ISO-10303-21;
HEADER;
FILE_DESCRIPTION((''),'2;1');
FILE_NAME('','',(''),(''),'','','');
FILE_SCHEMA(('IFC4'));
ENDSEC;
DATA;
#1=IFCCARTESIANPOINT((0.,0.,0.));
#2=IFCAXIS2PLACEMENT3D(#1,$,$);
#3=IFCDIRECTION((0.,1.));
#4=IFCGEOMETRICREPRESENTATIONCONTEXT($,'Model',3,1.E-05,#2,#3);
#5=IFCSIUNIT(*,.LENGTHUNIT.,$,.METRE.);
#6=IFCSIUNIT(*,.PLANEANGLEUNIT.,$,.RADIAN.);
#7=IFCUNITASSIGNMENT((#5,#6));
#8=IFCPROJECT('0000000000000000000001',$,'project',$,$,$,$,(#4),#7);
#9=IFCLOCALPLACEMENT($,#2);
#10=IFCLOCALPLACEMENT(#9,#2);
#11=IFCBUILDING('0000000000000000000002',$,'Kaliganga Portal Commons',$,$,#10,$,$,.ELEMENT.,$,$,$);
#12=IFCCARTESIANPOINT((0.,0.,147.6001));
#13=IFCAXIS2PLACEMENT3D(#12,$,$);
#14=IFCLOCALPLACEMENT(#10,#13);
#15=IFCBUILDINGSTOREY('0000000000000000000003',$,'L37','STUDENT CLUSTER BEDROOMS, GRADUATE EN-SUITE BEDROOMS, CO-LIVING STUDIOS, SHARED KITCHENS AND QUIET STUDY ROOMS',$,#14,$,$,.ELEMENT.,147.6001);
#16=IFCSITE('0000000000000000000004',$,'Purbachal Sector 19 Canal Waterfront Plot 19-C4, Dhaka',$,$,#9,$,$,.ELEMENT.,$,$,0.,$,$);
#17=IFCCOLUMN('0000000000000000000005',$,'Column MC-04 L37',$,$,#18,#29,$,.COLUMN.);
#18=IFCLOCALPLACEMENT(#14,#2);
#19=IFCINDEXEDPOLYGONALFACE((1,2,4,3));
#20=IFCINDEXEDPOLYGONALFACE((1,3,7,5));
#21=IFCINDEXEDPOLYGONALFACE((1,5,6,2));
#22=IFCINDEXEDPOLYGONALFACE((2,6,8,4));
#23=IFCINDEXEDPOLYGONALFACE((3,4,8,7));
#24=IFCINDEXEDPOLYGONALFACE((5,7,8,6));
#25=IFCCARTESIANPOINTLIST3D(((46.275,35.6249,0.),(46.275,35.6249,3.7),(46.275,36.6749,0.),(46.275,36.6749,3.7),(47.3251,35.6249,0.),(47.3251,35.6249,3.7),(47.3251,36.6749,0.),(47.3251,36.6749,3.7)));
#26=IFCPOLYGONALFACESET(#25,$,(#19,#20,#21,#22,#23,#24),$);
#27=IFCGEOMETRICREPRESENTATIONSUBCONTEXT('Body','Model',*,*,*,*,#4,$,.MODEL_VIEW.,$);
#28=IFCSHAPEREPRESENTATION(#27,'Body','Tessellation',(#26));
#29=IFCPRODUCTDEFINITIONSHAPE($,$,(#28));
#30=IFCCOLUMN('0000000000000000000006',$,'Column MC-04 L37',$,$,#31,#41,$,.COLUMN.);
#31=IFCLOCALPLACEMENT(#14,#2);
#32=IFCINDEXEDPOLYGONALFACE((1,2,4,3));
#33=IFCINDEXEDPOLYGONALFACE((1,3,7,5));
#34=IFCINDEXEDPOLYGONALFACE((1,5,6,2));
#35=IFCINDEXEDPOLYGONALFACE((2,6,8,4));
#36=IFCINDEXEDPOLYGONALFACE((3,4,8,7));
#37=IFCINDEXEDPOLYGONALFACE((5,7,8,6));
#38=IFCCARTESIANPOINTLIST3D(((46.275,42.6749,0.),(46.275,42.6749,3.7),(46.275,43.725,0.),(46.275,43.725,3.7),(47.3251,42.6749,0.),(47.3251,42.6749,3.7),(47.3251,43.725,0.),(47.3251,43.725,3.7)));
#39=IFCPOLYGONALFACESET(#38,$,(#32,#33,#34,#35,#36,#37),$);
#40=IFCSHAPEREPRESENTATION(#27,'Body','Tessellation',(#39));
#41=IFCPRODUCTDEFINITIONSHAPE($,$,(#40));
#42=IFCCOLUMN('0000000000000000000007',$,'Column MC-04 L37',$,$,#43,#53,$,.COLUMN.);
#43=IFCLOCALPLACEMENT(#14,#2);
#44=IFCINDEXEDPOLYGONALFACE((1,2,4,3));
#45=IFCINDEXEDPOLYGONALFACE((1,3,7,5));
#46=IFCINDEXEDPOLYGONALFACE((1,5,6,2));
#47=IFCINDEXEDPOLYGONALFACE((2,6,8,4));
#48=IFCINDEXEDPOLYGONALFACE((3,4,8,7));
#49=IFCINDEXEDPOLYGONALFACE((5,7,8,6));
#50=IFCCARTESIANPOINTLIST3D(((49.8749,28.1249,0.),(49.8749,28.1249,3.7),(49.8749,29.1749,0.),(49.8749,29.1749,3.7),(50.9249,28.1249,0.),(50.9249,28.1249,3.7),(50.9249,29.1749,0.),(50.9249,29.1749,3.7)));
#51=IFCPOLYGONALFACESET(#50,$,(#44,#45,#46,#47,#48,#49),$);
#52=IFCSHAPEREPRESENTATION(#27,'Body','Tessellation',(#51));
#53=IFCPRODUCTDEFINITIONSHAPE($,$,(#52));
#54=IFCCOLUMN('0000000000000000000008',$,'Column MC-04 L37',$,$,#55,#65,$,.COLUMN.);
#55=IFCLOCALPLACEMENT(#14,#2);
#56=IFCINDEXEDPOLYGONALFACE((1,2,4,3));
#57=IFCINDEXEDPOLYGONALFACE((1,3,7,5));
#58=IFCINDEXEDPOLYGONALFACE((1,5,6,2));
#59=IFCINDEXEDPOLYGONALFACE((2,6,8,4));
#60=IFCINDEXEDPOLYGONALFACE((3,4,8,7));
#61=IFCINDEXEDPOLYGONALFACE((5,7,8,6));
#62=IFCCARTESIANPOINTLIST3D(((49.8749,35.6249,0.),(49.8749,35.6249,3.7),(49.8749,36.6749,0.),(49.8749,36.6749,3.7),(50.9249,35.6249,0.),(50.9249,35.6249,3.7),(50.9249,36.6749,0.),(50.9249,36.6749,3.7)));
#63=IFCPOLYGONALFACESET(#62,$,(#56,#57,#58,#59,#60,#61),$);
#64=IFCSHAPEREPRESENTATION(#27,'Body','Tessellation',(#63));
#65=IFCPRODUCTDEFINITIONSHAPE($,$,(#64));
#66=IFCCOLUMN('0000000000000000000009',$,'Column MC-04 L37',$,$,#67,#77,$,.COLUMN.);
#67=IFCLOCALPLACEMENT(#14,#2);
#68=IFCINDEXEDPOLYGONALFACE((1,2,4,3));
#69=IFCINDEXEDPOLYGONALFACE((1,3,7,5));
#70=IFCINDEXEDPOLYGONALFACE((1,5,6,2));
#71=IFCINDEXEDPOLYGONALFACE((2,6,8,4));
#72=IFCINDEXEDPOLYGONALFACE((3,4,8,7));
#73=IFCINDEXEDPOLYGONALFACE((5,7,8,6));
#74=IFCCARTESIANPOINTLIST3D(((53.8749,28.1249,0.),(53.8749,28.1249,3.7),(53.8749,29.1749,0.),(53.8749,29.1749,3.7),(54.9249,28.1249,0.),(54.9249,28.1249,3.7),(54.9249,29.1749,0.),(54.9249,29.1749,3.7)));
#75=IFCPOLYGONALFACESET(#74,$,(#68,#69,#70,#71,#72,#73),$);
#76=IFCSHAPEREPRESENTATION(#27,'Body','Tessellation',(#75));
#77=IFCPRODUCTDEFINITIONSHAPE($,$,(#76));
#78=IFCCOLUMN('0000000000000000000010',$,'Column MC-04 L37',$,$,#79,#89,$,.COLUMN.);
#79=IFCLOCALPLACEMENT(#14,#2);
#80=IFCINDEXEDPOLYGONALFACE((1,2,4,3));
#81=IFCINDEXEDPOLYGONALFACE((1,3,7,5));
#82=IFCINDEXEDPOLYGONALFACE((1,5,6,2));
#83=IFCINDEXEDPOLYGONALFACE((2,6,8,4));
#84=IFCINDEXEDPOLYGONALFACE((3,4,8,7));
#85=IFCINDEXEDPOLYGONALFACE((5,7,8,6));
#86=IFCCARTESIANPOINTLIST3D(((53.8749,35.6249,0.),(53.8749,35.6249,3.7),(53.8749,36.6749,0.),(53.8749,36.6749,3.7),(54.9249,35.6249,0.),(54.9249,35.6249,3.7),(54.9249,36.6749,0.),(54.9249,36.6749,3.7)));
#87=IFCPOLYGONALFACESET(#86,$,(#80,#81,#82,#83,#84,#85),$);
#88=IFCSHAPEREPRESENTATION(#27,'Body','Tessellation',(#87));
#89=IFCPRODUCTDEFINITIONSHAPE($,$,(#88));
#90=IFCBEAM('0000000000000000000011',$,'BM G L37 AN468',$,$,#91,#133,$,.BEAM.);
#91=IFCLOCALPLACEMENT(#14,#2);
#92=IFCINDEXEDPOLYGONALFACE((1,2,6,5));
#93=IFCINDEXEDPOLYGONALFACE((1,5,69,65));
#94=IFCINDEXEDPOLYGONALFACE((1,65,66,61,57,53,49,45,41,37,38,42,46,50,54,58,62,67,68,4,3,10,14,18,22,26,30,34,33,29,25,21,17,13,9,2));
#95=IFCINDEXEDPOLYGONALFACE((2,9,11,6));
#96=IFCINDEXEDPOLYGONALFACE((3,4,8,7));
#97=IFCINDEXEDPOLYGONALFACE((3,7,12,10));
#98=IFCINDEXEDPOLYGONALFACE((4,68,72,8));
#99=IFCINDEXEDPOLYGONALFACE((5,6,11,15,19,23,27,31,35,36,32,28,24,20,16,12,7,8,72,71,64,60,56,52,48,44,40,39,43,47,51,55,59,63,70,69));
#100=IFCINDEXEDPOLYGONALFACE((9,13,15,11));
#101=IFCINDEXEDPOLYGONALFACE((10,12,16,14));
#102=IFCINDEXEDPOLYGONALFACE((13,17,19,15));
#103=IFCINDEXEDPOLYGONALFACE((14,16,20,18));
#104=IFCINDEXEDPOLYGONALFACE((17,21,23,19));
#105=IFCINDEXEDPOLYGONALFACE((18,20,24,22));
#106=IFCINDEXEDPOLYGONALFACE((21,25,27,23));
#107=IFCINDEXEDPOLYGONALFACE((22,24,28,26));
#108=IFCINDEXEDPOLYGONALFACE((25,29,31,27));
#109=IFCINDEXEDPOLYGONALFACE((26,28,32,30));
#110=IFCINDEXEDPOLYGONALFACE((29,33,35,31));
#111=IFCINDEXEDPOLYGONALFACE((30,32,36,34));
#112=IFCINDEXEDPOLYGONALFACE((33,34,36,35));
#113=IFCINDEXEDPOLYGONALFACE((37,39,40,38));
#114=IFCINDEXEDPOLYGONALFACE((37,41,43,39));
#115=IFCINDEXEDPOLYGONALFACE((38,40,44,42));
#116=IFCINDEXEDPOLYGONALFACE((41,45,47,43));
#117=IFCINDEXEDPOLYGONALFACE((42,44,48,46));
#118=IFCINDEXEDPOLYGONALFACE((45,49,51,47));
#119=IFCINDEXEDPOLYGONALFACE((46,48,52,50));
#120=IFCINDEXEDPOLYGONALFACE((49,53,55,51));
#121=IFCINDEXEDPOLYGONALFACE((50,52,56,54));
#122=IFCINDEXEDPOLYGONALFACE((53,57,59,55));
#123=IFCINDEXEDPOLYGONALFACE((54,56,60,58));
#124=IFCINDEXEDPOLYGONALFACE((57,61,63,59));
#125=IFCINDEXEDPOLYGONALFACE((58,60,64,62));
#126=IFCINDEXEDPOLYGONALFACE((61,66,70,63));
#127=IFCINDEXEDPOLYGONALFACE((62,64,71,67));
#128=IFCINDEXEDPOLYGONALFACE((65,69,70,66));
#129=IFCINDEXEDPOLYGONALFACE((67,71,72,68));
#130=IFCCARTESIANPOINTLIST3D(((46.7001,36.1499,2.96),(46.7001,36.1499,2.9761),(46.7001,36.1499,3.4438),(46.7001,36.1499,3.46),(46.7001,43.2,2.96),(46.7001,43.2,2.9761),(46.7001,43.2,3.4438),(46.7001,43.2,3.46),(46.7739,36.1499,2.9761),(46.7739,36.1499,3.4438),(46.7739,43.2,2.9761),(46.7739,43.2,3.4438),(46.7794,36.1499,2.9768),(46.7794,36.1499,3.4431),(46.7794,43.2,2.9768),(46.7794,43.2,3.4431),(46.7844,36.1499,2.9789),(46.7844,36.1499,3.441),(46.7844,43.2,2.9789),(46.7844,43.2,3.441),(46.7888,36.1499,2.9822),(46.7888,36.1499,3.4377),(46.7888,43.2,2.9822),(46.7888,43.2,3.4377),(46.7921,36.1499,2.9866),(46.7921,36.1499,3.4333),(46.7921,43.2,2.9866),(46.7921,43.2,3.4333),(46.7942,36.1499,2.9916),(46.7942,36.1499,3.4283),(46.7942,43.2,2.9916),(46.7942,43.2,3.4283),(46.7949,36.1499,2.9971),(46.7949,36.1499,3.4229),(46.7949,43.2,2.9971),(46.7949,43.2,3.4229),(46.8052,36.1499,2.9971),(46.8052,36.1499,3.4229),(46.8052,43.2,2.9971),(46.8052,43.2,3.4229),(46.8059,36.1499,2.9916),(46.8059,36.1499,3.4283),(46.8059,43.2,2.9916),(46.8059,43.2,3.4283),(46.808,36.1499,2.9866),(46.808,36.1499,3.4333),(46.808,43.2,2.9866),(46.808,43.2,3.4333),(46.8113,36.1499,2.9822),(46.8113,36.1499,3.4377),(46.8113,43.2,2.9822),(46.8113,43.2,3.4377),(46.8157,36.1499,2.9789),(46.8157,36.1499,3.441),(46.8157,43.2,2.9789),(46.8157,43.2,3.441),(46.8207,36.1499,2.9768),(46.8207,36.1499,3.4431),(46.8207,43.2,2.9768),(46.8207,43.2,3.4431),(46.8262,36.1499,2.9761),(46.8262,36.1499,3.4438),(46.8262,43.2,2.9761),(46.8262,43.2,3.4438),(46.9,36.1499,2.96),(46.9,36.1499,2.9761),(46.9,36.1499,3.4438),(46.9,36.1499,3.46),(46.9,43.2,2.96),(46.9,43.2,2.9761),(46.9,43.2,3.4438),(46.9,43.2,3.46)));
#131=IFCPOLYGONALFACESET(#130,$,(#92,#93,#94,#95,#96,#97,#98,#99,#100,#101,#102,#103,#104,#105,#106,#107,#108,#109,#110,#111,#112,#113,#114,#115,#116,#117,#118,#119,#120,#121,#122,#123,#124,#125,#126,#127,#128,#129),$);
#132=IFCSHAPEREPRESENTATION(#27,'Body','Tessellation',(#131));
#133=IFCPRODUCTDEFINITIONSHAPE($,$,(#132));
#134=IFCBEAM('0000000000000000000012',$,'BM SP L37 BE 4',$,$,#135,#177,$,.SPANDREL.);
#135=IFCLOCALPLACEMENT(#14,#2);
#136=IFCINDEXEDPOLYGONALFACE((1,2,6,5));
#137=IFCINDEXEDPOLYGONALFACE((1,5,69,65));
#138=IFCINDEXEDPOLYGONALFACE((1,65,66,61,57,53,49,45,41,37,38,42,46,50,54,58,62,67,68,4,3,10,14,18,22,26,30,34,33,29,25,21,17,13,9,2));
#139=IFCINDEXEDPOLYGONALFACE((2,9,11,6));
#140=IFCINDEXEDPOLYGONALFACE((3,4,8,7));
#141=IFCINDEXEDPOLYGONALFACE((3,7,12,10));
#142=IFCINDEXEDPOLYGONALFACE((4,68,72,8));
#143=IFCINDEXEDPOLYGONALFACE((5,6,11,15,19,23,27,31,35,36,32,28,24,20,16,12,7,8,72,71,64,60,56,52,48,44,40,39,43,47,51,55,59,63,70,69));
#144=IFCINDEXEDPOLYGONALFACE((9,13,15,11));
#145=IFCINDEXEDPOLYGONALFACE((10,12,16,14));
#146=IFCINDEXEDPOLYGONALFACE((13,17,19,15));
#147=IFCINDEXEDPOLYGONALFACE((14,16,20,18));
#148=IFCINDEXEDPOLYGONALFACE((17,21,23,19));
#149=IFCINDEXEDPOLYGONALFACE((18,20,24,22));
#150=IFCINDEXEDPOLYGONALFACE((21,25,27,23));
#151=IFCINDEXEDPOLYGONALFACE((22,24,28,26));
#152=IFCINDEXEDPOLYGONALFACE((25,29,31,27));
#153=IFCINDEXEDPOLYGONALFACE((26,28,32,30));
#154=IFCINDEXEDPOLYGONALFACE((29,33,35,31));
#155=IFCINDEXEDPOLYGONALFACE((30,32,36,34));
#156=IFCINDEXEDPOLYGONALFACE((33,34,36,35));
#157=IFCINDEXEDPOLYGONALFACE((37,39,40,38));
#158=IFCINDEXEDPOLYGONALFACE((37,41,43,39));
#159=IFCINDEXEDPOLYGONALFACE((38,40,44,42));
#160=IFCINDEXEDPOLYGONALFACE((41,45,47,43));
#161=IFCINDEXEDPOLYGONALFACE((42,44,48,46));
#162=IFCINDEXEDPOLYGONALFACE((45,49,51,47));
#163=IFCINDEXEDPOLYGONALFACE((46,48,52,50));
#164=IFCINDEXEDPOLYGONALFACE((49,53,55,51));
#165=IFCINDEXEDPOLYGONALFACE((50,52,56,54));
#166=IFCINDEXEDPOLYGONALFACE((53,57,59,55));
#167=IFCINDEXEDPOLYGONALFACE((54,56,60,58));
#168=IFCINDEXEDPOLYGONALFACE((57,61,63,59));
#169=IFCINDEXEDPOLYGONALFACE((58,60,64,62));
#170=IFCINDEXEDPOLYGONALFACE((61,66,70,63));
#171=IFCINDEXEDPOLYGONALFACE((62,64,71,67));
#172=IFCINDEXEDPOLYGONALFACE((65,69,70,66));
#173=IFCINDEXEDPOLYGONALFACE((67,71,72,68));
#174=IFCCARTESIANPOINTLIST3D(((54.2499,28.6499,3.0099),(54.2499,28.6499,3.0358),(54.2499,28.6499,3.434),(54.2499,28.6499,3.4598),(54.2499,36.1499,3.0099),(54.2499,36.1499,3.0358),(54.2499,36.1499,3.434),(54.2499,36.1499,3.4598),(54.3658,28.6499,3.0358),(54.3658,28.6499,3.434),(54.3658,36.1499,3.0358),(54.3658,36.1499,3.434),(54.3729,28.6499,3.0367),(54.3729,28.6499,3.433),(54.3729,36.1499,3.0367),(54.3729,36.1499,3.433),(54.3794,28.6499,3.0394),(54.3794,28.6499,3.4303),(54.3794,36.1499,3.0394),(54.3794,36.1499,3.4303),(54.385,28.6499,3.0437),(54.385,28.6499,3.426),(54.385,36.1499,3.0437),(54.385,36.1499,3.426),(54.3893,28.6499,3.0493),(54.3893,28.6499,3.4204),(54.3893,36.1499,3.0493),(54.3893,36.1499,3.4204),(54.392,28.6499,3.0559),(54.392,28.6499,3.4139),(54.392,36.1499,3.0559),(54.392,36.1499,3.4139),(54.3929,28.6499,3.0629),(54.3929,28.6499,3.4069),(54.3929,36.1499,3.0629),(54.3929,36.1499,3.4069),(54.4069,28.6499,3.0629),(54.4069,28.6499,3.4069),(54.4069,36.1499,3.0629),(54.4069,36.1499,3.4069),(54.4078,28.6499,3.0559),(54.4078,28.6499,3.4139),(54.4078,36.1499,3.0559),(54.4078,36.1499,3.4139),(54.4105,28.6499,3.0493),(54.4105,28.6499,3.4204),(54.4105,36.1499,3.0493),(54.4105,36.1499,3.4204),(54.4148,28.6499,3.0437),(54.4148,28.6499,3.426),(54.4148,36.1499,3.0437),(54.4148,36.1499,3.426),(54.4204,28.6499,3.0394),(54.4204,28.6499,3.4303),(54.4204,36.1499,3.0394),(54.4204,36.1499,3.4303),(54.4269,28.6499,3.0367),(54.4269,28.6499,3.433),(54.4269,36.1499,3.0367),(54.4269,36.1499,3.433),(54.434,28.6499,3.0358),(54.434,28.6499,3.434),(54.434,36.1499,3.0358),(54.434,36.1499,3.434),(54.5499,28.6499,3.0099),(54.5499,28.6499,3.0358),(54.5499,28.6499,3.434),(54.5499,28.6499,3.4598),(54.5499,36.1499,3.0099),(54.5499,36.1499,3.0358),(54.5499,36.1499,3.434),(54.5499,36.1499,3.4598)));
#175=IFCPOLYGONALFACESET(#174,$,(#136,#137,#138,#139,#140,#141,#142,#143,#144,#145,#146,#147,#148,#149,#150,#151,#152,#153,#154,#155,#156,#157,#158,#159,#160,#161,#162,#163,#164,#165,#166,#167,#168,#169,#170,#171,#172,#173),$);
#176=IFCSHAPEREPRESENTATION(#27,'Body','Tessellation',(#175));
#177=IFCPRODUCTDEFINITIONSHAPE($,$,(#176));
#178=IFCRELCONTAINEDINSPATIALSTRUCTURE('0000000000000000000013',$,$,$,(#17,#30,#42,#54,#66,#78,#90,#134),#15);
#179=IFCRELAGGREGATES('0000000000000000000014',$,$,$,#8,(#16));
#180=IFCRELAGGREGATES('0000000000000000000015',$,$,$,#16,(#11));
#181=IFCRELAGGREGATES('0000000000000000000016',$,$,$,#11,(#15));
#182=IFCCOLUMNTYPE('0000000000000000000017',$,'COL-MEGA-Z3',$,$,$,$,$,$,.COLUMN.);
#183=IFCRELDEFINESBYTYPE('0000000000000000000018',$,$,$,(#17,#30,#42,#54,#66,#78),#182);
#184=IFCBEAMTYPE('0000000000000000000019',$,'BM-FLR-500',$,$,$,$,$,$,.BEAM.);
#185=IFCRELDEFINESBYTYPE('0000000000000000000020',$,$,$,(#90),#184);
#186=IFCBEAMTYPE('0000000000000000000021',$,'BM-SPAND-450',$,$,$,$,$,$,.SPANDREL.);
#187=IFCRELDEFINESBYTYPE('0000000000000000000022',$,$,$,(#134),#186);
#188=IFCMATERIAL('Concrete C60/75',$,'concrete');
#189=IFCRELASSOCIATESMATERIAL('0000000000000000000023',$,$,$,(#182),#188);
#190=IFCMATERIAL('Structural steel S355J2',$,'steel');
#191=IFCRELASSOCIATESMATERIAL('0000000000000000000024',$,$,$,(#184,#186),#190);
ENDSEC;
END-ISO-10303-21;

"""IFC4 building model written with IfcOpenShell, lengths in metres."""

from ifc_helpers import new_model, si_unit, direction, frame, origin, origin_2d, place, context, subcontext, project, spatial, rectangle, i_section, extrude, source, transform, mapped, material, material_profile, profile_set, type_object, element, save


model = new_model("IFC4")

# Units and contexts
model_context = context("Model", 3, precision=1e-05, world=origin(), true_north=direction((0.0, 1.0)))
body_context = subcontext(model_context, "Body", "Model", "MODEL_VIEW")
ifc_project = project(units=[si_unit("LENGTHUNIT", "METRE"), si_unit("PLANEANGLEUNIT", "RADIAN")], contexts=[model_context])

# Site, building, storey
site_placement = place(None, origin())
site = spatial("IfcSite", under=ifc_project, at=site_placement, Name="Purbachal Sector 19 Canal Waterfront Plot 19-C4, Dhaka", CompositionType="ELEMENT", RefElevation=0.0)
building_placement = place(site_placement, origin())
building = spatial("IfcBuilding", under=site, at=building_placement, Name="Kaliganga Portal Commons", CompositionType="ELEMENT")
storey_placement = place(building_placement, frame((0.0, 0.0, 147.6001)))
storey = spatial("IfcBuildingStorey", under=building, at=storey_placement, Name="L37", Description="STUDENT CLUSTER BEDROOMS, GRADUATE EN-SUITE BEDROOMS, CO-LIVING STUDIOS, SHARED KITCHENS AND QUIET STUDY ROOMS", CompositionType="ELEMENT", Elevation=147.6001)

# Columns
ifc_material_1 = material(Name="Concrete C60/75", Category="concrete")
ifc_material_profile_1 = material_profile(ifc_material_1, rectangle(XDim=1.05, YDim=1.05, at=origin_2d()), Name="RC 1050x1050")
ifc_profile_set_1 = profile_set([ifc_material_profile_1], Name="Concrete C60/75")
column_type = type_object("IfcColumnType", Name="COL-MEGA-Z3", PredefinedType="COLUMN", material=ifc_profile_set_1)
shared_shape_1 = source(origin(), body_context, "Body", "SweptSolid", [
    extrude(rectangle(XDim=1.05, YDim=1.05, at=origin_2d()), origin(), (0.0, 0.0, 1.0), 3.7),
])
for number, where, z_axis, x_axis, name in (
    (1, (46.8, 36.1499, 0.0), (0.0, 0.0, 1.0), (1.0, 0.0, 0.0), "Column MC-04 L37"),
    (2, (46.8, 43.2, 0.0), (0.0, 0.0, 1.0), (1.0, 0.0, 0.0), "Column MC-04 L37"),
    (3, (50.3999, 28.6499, 0.0), (0.0, 0.0, 1.0), (1.0, 0.0, 0.0), "Column MC-04 L37"),
    (4, (50.3999, 36.1499, 0.0), (0.0, 0.0, 1.0), (1.0, 0.0, 0.0), "Column MC-04 L37"),
    (5, (54.3999, 28.6499, 0.0), (0.0, 0.0, 1.0), (1.0, 0.0, 0.0), "Column MC-04 L37"),
    (6, (54.3999, 36.1499, 0.0), (0.0, 0.0, 1.0), (1.0, 0.0, 0.0), "Column MC-04 L37"),
):
    element("IfcColumn", number, at=place(storey_placement, frame(where, z_axis=z_axis, x_axis=x_axis)), inside=storey, type_object=column_type, Name=name, PredefinedType="COLUMN", context=body_context, shape_type="MappedRepresentation", body=[
        mapped(shared_shape_1, transform((0.0, 0.0, 0.0), x_axis=(1.0, 0.0, 0.0), y_axis=(0.0, 1.0, 0.0), z_axis=(0.0, 0.0, 1.0), scale=1.0)),
    ])

# Beams
ifc_material_2 = material(Name="Structural steel S355J2", Category="steel")
ifc_material_profile_2 = material_profile(ifc_material_2, i_section(OverallWidth=0.2, OverallDepth=0.5, WebThickness=0.0103, FlangeThickness=0.0161, FilletRadius=0.021, at=origin_2d()), Name="IPE 500")
ifc_profile_set_2 = profile_set([ifc_material_profile_2], Name="Structural steel S355J2 wide-flange")
beam_type_1 = type_object("IfcBeamType", Name="BM-FLR-500", PredefinedType="BEAM", material=ifc_profile_set_2)
shared_shape_2 = source(origin(), body_context, "Body", "SweptSolid", [
    extrude(i_section(OverallWidth=0.2, OverallDepth=0.5, WebThickness=0.0103, FlangeThickness=0.0161, FilletRadius=0.021, at=origin_2d()), origin(), (0.0, 0.0, 1.0), 7.05),
])
beam_1_placement = place(storey_placement, frame((46.8, 36.1499, 3.21), z_axis=(0.0, 1.0, 0.0), x_axis=(-1.0, 0.0, 0.0)))
element("IfcBeam", 7, at=beam_1_placement, inside=storey, type_object=beam_type_1, Name="BM G L37 AN468", PredefinedType="BEAM", context=body_context, shape_type="MappedRepresentation", body=[
    mapped(shared_shape_2, transform((0.0, 0.0, 0.0), x_axis=(1.0, 0.0, 0.0), y_axis=(0.0, 1.0, 0.0), z_axis=(0.0, 0.0, 1.0), scale=1.0)),
])
ifc_material_profile_3 = material_profile(ifc_material_2, i_section(OverallWidth=0.3, OverallDepth=0.45, WebThickness=0.0139, FlangeThickness=0.0259, FilletRadius=0.0271, at=origin_2d()), Name="HE 450 B")
ifc_profile_set_3 = profile_set([ifc_material_profile_3], Name="Structural steel S355J2 wide-flange")
beam_type_2 = type_object("IfcBeamType", Name="BM-SPAND-450", PredefinedType="SPANDREL", material=ifc_profile_set_3)
shared_shape_3 = source(origin(), body_context, "Body", "SweptSolid", [
    extrude(i_section(OverallWidth=0.3, OverallDepth=0.45, WebThickness=0.0139, FlangeThickness=0.0259, FilletRadius=0.0271, at=origin_2d()), origin(), (0.0, 0.0, 1.0), 7.5),
])
beam_2_placement = place(storey_placement, frame((54.3999, 28.6499, 3.2349), z_axis=(0.0, 1.0, 0.0), x_axis=(-1.0, 0.0, 0.0)))
element("IfcBeam", 8, at=beam_2_placement, inside=storey, type_object=beam_type_2, Name="BM SP L37 BE 4", PredefinedType="SPANDREL", context=body_context, shape_type="MappedRepresentation", body=[
    mapped(shared_shape_3, transform((0.0, 0.0, 0.0), x_axis=(1.0, 0.0, 0.0), y_axis=(0.0, 1.0, 0.0), z_axis=(0.0, 0.0, 1.0), scale=1.0)),
])

save(model, "model.ifc")
